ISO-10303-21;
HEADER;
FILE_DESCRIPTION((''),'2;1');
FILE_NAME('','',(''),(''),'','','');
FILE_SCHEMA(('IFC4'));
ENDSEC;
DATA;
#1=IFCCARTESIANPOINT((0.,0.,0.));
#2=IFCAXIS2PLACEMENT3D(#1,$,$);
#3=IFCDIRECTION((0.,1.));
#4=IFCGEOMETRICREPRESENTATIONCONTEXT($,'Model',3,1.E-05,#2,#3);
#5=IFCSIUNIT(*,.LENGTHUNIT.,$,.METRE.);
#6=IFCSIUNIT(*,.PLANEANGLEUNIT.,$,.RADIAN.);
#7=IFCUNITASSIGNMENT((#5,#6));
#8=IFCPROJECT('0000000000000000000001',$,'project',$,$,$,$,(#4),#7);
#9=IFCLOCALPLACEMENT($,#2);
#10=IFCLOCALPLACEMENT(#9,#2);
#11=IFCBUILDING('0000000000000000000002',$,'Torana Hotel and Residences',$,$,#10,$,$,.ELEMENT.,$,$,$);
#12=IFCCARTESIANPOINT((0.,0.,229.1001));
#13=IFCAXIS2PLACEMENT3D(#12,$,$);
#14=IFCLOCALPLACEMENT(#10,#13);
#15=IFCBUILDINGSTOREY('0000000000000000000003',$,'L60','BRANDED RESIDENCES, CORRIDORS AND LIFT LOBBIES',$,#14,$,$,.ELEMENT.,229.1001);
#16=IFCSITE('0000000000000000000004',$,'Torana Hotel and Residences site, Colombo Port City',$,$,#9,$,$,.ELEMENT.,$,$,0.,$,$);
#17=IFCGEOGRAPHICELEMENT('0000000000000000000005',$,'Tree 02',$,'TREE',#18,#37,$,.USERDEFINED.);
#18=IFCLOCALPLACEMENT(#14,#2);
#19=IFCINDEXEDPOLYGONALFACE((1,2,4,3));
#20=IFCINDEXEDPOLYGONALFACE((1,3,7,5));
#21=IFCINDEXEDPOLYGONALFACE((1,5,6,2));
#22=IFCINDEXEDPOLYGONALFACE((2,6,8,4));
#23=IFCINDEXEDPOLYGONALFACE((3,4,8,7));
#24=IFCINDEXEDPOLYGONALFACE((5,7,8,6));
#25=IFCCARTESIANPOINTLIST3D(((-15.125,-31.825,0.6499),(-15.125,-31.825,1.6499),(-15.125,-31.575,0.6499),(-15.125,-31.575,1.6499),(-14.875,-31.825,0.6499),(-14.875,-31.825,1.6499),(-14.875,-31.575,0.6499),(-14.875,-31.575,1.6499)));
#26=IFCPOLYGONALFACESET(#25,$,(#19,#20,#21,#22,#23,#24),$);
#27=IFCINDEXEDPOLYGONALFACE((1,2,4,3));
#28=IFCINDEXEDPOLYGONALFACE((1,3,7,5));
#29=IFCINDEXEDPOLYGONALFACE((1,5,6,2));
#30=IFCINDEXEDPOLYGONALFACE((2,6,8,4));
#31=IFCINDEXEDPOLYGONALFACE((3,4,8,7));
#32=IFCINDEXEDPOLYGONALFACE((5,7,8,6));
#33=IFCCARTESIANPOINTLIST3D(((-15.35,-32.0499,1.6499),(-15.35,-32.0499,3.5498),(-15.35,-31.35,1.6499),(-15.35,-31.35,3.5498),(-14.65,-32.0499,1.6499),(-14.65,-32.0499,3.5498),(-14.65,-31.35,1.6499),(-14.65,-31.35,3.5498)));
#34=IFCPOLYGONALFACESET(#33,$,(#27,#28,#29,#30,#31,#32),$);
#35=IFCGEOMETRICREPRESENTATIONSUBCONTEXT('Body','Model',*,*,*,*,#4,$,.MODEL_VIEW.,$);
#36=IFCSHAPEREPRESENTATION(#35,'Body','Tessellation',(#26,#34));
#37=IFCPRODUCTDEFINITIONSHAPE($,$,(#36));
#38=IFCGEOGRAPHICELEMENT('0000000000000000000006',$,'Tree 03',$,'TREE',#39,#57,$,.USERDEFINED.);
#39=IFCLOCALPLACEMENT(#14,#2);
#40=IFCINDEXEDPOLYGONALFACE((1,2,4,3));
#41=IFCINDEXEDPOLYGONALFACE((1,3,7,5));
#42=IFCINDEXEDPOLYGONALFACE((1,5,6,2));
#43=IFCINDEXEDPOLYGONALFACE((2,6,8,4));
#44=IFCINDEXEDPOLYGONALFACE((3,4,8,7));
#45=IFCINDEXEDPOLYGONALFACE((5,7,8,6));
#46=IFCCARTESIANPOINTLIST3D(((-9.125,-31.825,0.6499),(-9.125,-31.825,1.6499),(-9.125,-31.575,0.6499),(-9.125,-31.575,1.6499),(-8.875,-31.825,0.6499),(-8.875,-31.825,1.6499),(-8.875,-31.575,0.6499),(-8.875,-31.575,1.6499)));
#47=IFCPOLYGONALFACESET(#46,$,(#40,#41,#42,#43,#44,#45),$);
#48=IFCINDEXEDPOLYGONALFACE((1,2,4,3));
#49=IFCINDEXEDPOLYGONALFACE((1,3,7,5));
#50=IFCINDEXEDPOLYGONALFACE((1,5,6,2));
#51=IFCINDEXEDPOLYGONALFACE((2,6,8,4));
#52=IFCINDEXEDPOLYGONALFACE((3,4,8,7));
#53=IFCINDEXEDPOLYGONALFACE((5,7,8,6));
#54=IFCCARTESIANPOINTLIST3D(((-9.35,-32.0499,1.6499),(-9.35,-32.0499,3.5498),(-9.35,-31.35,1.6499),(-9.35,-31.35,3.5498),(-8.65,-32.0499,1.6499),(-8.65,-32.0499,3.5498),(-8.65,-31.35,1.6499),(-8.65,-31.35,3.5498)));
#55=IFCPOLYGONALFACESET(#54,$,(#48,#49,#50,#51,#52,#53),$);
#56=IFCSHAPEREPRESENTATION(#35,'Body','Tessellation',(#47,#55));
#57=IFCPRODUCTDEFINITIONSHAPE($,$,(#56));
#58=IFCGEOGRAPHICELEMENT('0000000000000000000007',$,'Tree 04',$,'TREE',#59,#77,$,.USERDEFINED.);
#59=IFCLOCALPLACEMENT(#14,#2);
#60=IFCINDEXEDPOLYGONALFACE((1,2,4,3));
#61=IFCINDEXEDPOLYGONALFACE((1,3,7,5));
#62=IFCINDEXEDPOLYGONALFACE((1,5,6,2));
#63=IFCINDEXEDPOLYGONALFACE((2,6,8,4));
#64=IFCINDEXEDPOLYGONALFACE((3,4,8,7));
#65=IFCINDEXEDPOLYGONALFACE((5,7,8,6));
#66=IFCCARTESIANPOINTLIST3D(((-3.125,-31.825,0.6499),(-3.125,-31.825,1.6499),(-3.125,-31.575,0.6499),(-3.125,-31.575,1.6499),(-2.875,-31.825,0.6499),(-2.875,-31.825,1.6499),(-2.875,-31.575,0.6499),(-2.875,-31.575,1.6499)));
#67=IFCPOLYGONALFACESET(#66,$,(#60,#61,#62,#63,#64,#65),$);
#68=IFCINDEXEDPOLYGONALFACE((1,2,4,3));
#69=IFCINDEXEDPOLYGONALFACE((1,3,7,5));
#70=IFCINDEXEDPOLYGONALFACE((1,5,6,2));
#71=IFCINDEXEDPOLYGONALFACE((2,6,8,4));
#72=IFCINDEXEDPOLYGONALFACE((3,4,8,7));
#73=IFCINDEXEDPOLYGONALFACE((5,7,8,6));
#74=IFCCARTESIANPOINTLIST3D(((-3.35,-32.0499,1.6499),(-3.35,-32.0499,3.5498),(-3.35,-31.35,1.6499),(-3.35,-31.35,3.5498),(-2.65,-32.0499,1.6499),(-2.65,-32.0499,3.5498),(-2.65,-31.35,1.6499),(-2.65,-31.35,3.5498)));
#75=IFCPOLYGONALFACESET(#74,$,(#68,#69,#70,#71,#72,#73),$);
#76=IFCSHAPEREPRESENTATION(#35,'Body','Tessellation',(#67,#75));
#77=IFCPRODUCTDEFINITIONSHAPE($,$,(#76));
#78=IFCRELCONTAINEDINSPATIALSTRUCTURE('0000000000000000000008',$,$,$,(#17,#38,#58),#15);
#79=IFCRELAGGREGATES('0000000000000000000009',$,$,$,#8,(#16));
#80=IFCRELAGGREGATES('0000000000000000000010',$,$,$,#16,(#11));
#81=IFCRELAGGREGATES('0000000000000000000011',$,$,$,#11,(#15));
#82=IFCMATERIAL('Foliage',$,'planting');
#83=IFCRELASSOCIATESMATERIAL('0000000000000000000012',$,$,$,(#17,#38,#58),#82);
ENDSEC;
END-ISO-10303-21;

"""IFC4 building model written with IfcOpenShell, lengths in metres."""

from ifc_helpers import new_model, si_unit, direction, frame, origin, origin_2d, place, context, subcontext, project, spatial, rectangle, extrude, material, element, save


model = new_model("IFC4")

# Units and contexts
model_context = context("Model", 3, precision=1e-05, world=origin(), true_north=direction((0.0, 1.0)))
body_context = subcontext(model_context, "Body", "Model", "MODEL_VIEW")
ifc_project = project(units=[si_unit("LENGTHUNIT", "METRE"), si_unit("PLANEANGLEUNIT", "RADIAN")], contexts=[model_context])

# Site, building, storey
site_placement = place(None, origin())
site = spatial("IfcSite", under=ifc_project, at=site_placement, Name="Torana Hotel and Residences site, Colombo Port City", CompositionType="ELEMENT", RefElevation=0.0)
building_placement = place(site_placement, origin())
building = spatial("IfcBuilding", under=site, at=building_placement, Name="Torana Hotel and Residences", CompositionType="ELEMENT")
storey_placement = place(building_placement, frame((0.0, 0.0, 229.1001)))
storey = spatial("IfcBuildingStorey", under=building, at=storey_placement, Name="L60", Description="BRANDED RESIDENCES, CORRIDORS AND LIFT LOBBIES", CompositionType="ELEMENT", Elevation=229.1001)

# Geographic elements
ifc_material_1 = material(Name="Foliage", Category="planting")
for number, where, z_axis, x_axis, name in (
    (1, (-15.0, -31.7, 0.6499), (0.0, 0.0, 1.0), (1.0, 0.0, 0.0), "Tree 02"),
    (2, (-9.0, -31.7, 0.6499), (0.0, 0.0, 1.0), (1.0, 0.0, 0.0), "Tree 03"),
    (3, (-3.0, -31.7, 0.6499), (0.0, 0.0, 1.0), (1.0, 0.0, 0.0), "Tree 04"),
):
    element("IfcGeographicElement", number, at=place(storey_placement, frame(where, z_axis=z_axis, x_axis=x_axis)), inside=storey, material=ifc_material_1, Name=name, ObjectType="TREE", PredefinedType="USERDEFINED", context=body_context, shape_type="SweptSolid", body=[
        extrude(rectangle(XDim=0.25, YDim=0.25, at=origin_2d()), origin(), (0.0, 0.0, 1.0), 1.0),
        extrude(rectangle(XDim=0.7, YDim=0.7, at=origin_2d()), frame((0.0, 0.0, 1.0)), (0.0, 0.0, 1.0), 1.8999),
    ])

save(model, "model.ifc")
